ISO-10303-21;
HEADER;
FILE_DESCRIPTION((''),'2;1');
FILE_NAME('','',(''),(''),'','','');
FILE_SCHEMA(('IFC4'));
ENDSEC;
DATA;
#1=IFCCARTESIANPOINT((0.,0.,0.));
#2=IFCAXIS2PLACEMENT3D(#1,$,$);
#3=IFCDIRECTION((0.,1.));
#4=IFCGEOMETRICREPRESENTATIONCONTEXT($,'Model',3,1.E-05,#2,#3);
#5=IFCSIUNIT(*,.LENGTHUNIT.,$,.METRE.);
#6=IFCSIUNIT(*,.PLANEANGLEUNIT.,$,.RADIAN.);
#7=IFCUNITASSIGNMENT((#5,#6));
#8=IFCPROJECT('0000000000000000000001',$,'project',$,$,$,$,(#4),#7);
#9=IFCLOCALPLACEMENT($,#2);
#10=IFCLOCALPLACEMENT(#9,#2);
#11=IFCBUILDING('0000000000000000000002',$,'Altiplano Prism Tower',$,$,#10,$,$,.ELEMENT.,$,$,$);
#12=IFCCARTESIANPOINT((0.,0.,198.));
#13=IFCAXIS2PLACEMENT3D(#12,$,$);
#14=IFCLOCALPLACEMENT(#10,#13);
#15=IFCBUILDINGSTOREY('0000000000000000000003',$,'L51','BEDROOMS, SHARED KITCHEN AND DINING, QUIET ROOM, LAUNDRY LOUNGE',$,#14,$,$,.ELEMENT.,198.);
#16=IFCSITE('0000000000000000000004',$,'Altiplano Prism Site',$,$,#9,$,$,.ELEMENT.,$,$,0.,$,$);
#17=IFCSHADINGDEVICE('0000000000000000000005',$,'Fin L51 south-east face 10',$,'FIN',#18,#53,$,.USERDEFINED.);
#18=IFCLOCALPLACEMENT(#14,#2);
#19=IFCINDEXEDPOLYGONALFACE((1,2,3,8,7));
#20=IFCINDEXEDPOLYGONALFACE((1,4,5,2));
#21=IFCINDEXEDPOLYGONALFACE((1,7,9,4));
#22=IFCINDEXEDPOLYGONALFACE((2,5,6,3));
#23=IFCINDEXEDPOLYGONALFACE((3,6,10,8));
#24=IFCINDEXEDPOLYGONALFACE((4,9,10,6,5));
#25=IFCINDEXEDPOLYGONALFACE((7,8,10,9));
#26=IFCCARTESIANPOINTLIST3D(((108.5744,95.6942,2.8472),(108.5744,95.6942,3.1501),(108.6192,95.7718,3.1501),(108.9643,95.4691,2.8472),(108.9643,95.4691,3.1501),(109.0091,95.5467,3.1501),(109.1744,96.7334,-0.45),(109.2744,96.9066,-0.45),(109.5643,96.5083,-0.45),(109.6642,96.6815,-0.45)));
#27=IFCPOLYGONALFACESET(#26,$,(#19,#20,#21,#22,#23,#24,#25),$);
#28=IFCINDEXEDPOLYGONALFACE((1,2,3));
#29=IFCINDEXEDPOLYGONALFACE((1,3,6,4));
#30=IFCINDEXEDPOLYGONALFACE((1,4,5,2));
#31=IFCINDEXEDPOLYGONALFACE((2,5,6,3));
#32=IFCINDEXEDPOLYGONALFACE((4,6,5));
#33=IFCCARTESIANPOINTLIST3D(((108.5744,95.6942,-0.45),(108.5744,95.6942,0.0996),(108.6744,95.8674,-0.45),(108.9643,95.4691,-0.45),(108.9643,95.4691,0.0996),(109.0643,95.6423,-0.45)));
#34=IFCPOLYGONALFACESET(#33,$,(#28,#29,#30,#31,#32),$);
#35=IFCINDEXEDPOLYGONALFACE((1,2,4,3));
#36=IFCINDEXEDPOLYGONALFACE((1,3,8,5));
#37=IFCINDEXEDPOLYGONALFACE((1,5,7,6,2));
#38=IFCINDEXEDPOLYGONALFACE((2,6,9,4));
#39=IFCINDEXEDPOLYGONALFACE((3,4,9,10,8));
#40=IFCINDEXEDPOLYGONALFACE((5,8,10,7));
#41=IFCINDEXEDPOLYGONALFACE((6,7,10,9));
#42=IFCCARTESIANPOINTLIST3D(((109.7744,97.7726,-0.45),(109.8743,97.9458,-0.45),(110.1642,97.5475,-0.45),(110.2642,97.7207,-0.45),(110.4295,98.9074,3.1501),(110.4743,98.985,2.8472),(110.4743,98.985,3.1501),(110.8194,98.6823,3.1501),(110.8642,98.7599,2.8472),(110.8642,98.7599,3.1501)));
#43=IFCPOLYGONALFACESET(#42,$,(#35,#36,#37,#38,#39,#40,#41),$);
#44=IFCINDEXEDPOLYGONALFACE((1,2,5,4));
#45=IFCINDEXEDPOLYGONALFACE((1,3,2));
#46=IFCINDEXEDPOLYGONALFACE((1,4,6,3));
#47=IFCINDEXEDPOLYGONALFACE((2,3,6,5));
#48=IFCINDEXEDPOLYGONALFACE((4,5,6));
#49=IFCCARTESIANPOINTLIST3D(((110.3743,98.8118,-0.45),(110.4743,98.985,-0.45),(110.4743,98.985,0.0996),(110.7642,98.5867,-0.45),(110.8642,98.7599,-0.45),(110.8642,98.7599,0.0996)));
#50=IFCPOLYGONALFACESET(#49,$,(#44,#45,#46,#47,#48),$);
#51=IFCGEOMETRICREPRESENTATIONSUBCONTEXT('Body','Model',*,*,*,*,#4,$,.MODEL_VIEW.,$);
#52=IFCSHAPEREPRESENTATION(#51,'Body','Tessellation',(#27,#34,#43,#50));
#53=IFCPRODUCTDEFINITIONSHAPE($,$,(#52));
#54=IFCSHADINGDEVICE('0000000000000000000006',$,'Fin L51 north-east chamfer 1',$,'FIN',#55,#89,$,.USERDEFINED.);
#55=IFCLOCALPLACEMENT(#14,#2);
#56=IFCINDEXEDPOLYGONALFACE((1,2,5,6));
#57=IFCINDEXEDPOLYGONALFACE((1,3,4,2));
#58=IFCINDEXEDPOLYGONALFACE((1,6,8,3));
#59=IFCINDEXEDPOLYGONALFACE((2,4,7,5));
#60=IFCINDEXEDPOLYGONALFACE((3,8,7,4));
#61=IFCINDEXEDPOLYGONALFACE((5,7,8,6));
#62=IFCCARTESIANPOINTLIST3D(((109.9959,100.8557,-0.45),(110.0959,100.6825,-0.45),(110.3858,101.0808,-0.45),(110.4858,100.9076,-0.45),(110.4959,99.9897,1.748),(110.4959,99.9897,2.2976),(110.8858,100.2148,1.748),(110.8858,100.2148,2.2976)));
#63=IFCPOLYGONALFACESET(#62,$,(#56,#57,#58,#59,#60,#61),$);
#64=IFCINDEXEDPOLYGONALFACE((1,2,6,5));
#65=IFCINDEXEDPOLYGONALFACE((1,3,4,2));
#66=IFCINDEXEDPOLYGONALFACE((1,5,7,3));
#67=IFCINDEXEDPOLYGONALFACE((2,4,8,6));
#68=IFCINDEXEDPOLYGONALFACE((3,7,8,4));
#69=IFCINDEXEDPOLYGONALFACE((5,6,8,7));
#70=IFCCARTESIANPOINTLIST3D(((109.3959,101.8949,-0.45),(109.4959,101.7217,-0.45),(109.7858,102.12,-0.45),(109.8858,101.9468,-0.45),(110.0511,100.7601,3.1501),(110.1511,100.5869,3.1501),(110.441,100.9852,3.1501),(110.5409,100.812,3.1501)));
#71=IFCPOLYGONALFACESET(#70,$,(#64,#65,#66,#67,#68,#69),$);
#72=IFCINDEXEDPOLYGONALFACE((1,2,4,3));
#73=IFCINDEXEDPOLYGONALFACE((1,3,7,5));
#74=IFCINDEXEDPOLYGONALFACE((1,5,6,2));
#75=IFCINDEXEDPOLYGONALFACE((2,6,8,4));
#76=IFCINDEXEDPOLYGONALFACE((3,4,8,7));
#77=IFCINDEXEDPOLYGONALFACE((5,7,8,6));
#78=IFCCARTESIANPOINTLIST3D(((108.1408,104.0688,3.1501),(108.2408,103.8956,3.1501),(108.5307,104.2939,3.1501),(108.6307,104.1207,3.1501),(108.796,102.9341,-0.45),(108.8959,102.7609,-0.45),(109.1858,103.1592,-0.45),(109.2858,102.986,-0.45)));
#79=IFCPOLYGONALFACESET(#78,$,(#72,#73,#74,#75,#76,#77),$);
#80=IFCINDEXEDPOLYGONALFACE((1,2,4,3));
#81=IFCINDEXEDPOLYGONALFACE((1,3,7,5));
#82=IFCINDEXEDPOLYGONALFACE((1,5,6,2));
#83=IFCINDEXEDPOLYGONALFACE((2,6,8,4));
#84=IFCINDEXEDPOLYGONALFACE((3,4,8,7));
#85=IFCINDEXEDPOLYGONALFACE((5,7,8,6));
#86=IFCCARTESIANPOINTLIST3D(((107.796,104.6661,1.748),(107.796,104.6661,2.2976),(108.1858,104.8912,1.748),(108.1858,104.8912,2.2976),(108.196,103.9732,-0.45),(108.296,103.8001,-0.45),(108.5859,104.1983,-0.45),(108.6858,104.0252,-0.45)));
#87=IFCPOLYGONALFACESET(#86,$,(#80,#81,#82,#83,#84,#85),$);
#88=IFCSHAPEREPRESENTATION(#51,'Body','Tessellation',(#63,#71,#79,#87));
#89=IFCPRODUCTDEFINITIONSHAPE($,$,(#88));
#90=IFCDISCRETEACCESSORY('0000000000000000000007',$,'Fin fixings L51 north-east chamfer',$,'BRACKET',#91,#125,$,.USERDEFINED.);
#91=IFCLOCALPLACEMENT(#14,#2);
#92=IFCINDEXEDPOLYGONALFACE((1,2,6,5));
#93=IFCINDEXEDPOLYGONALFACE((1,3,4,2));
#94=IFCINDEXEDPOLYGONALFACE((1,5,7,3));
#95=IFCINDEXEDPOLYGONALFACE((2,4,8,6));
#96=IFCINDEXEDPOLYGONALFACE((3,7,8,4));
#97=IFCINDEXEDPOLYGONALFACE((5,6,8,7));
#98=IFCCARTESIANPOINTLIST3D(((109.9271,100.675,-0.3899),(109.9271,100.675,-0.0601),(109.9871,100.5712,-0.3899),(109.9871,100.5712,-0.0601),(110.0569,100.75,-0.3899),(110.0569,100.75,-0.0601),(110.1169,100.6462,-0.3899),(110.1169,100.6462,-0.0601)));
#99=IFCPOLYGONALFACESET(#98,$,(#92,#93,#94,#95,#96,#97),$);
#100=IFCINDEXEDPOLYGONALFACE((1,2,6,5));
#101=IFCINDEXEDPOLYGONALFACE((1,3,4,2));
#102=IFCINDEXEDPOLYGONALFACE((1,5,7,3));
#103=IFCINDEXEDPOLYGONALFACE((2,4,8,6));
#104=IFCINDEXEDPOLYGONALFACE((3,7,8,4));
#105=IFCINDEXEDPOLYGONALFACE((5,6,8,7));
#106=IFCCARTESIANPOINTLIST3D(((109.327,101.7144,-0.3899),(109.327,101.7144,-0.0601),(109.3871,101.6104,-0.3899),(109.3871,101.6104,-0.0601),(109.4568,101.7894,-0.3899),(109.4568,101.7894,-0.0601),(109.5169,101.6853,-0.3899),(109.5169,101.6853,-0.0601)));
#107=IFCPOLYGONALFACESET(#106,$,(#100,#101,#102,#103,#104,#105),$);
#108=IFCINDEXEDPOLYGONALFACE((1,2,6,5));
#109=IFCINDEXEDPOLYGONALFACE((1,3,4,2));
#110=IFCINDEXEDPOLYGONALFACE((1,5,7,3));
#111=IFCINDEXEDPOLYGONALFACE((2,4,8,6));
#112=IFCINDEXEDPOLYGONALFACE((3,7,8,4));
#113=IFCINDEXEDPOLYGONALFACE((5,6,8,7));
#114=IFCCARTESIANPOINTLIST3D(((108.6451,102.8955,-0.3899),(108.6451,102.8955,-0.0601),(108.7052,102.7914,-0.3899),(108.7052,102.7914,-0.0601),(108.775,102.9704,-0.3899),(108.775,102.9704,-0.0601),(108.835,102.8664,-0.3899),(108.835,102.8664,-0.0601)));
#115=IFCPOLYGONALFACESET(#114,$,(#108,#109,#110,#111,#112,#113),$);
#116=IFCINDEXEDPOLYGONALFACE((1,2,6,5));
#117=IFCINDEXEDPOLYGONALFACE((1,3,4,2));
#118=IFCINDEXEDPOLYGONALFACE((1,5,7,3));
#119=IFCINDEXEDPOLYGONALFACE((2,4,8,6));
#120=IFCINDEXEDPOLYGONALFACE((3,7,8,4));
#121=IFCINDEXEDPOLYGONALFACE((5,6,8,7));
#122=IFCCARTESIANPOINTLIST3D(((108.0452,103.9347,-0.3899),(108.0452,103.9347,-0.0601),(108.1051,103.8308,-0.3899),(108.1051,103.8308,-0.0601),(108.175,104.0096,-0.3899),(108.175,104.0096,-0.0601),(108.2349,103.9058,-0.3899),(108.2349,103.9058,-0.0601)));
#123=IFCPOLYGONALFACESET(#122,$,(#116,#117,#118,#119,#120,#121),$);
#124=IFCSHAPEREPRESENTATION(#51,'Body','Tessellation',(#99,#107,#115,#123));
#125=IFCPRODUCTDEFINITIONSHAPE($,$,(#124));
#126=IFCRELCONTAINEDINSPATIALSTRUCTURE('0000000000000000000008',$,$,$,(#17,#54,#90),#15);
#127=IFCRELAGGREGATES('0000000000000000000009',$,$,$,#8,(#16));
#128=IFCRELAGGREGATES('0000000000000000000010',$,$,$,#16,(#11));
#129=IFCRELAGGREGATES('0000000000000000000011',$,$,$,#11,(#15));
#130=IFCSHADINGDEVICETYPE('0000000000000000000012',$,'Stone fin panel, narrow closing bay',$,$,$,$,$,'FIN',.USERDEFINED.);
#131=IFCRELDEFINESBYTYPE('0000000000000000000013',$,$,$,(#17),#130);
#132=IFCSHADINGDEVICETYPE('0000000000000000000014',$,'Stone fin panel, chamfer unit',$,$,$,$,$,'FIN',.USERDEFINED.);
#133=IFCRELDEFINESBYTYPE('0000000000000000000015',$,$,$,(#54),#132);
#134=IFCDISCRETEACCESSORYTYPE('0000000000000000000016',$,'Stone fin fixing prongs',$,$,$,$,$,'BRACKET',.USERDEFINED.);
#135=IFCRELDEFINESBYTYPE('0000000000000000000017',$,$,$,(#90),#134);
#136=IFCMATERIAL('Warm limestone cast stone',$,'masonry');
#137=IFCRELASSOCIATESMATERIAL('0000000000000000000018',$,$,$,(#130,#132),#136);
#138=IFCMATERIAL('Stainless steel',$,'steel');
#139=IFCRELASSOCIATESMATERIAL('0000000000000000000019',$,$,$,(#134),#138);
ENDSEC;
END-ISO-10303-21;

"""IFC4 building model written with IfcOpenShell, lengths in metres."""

from ifc_helpers import new_model, si_unit, direction, frame, origin, place, context, subcontext, project, spatial, polyline, outline, extrude, source, transform, mapped, material, type_object, element, save


model = new_model("IFC4")

# Units and contexts
model_context = context("Model", 3, precision=1e-05, world=origin(), true_north=direction((0.0, 1.0)))
body_context = subcontext(model_context, "Body", "Model", "MODEL_VIEW")
ifc_project = project(units=[si_unit("LENGTHUNIT", "METRE"), si_unit("PLANEANGLEUNIT", "RADIAN")], contexts=[model_context])

# Site, building, storey
site_placement = place(None, origin())
site = spatial("IfcSite", under=ifc_project, at=site_placement, Name="Altiplano Prism Site", CompositionType="ELEMENT", RefElevation=0.0)
building_placement = place(site_placement, origin())
building = spatial("IfcBuilding", under=site, at=building_placement, Name="Altiplano Prism Tower", CompositionType="ELEMENT")
storey_placement = place(building_placement, frame((0.0, 0.0, 198.0)))
storey = spatial("IfcBuildingStorey", under=building, at=storey_placement, Name="L51", Description="BEDROOMS, SHARED KITCHEN AND DINING, QUIET ROOM, LAUNDRY LOUNGE", CompositionType="ELEMENT", Elevation=198.0)

# Shading devices
ifc_material_1 = material(Name="Warm limestone cast stone", Category="masonry")
shading_device_type_1 = type_object("IfcShadingDeviceType", Name="Stone fin panel, narrow closing bay", ElementType="FIN", PredefinedType="USERDEFINED", material=ifc_material_1)
shared_shape_1 = source(origin(), body_context, "Body", "SweptSolid", [
    extrude(outline(polyline([(-1.8999, 3.6001), (-1.8999, 3.2971), (-0.7, 0.0), (-0.5, 0.0), (-1.8103, 3.6001), (-1.8999, 3.6001)])), frame((0.0, -0.1499, 0.0), z_axis=(0.0, -1.0, 0.0), x_axis=(1.0, 0.0, 0.0)), (0.0, 0.0, 1.0), 0.4502),
    extrude(outline(polyline([(-1.8999, 0.5496), (-1.8999, 0.0), (-1.7, 0.0), (-1.8999, 0.5496)])), frame((0.0, -0.1499, 0.0), z_axis=(0.0, -1.0, 0.0), x_axis=(1.0, 0.0, 0.0)), (0.0, 0.0, 1.0), 0.4502),
    extrude(outline(polyline([(1.8103, 3.6001), (0.5, 0.0), (0.7, 0.0), (1.8999, 3.2971), (1.8999, 3.6001), (1.8103, 3.6001)])), frame((0.0, -0.1499, 0.0), z_axis=(0.0, -1.0, 0.0), x_axis=(1.0, 0.0, 0.0)), (0.0, 0.0, 1.0), 0.4502),
    extrude(outline(polyline([(1.8999, 0.0), (1.8999, 0.5496), (1.7, 0.0), (1.8999, 0.0)])), frame((0.0, -0.1499, 0.0), z_axis=(0.0, -1.0, 0.0), x_axis=(1.0, 0.0, 0.0)), (0.0, 0.0, 1.0), 0.4502),
])
shading_device_1_placement = place(storey_placement, origin())
element("IfcShadingDevice", 1, at=shading_device_1_placement, inside=storey, type_object=shading_device_type_1, Name="Fin L51 south-east face 10", ObjectType="FIN", PredefinedType="USERDEFINED", context=body_context, shape_type="MappedRepresentation", body=[
    mapped(shared_shape_1, transform((109.3945, 97.4146, -0.45), x_axis=(0.5, 0.866025, 0.0), y_axis=(-0.866025, 0.5, 0.0), z_axis=(0.0, 0.0, 1.0))),
])
shading_device_type_2 = type_object("IfcShadingDeviceType", Name="Stone fin panel, chamfer unit", ElementType="FIN", PredefinedType="USERDEFINED", material=ifc_material_1)
shared_shape_2 = source(origin(), body_context, "Body", "SweptSolid", [
    extrude(outline(polyline([(-2.7, 2.7476), (-2.7, 2.198), (-1.8999, 0.0), (-1.7, 0.0), (-2.7, 2.7476)])), frame((0.0, -0.1499, 0.0), z_axis=(0.0, -1.0, 0.0), x_axis=(1.0, 0.0, 0.0)), (0.0, 0.0, 1.0), 0.4502),
    extrude(outline(polyline([(-2.0103, 3.6001), (-0.7, 0.0), (-0.5, 0.0), (-1.8103, 3.6001), (-2.0103, 3.6001)])), frame((0.0, -0.1499, 0.0), z_axis=(0.0, -1.0, 0.0), x_axis=(1.0, 0.0, 0.0)), (0.0, 0.0, 1.0), 0.4502),
    extrude(outline(polyline([(1.8103, 3.6001), (0.5, 0.0), (0.7, 0.0), (2.0103, 3.6001), (1.8103, 3.6001)])), frame((0.0, -0.1499, 0.0), z_axis=(0.0, -1.0, 0.0), x_axis=(1.0, 0.0, 0.0)), (0.0, 0.0, 1.0), 0.4502),
    extrude(outline(polyline([(2.7, 2.198), (2.7, 2.7476), (1.7, 0.0), (1.8999, 0.0), (2.7, 2.198)])), frame((0.0, -0.1499, 0.0), z_axis=(0.0, -1.0, 0.0), x_axis=(1.0, 0.0, 0.0)), (0.0, 0.0, 1.0), 0.4502),
])
shading_device_2_placement = place(storey_placement, origin())
element("IfcShadingDevice", 2, at=shading_device_2_placement, inside=storey, type_object=shading_device_type_2, Name="Fin L51 north-east chamfer 1", ObjectType="FIN", PredefinedType="USERDEFINED", context=body_context, shape_type="MappedRepresentation", body=[
    mapped(shared_shape_2, transform((109.0161, 102.2529, -0.45), x_axis=(-0.5, 0.866025, 0.0), y_axis=(-0.866025, -0.5, 0.0), z_axis=(0.0, 0.0, 1.0))),
])

# Discrete accessory
ifc_material_2 = material(Name="Stainless steel", Category="steel")
discrete_accessory_type = type_object("IfcDiscreteAccessoryType", Name="Stone fin fixing prongs", ElementType="BRACKET", PredefinedType="USERDEFINED", material=ifc_material_2)
shared_shape_3 = source(origin(), body_context, "Body", "SweptSolid", [
    extrude(outline(polyline([(-1.9419, 0.0601), (-1.822, 0.0601), (-1.822, 0.3899), (-1.9419, 0.3899), (-1.9419, 0.0601)])), frame((0.0, 0.0, 0.0), z_axis=(0.0, -1.0, 0.0), x_axis=(1.0, 0.0, 0.0)), (0.0, 0.0, 1.0), 0.1499),
    extrude(outline(polyline([(-0.7419, 0.0601), (-0.6218, 0.0601), (-0.6218, 0.3899), (-0.7419, 0.3899), (-0.7419, 0.0601)])), frame((0.0, 0.0, 0.0), z_axis=(0.0, -1.0, 0.0), x_axis=(1.0, 0.0, 0.0)), (0.0, 0.0, 1.0), 0.1499),
    extrude(outline(polyline([(0.6218, 0.0601), (0.7419, 0.0601), (0.7419, 0.3899), (0.6218, 0.3899), (0.6218, 0.0601)])), frame((0.0, 0.0, 0.0), z_axis=(0.0, -1.0, 0.0), x_axis=(1.0, 0.0, 0.0)), (0.0, 0.0, 1.0), 0.1499),
    extrude(outline(polyline([(1.822, 0.0601), (1.9419, 0.0601), (1.9419, 0.3899), (1.822, 0.3899), (1.822, 0.0601)])), frame((0.0, 0.0, 0.0), z_axis=(0.0, -1.0, 0.0), x_axis=(1.0, 0.0, 0.0)), (0.0, 0.0, 1.0), 0.1499),
])
discrete_accessory_1_placement = place(storey_placement, origin())
element("IfcDiscreteAccessory", 3, at=discrete_accessory_1_placement, inside=storey, type_object=discrete_accessory_type, Name="Fin fixings L51 north-east chamfer", ObjectType="BRACKET", PredefinedType="USERDEFINED", context=body_context, shape_type="MappedRepresentation", body=[
    mapped(shared_shape_3, transform((109.0161, 102.2529, -0.45), x_axis=(-0.5, 0.866025, 0.0), y_axis=(-0.866025, -0.5, 0.0), z_axis=(0.0, 0.0, 1.0))),
])

save(model, "model.ifc")
